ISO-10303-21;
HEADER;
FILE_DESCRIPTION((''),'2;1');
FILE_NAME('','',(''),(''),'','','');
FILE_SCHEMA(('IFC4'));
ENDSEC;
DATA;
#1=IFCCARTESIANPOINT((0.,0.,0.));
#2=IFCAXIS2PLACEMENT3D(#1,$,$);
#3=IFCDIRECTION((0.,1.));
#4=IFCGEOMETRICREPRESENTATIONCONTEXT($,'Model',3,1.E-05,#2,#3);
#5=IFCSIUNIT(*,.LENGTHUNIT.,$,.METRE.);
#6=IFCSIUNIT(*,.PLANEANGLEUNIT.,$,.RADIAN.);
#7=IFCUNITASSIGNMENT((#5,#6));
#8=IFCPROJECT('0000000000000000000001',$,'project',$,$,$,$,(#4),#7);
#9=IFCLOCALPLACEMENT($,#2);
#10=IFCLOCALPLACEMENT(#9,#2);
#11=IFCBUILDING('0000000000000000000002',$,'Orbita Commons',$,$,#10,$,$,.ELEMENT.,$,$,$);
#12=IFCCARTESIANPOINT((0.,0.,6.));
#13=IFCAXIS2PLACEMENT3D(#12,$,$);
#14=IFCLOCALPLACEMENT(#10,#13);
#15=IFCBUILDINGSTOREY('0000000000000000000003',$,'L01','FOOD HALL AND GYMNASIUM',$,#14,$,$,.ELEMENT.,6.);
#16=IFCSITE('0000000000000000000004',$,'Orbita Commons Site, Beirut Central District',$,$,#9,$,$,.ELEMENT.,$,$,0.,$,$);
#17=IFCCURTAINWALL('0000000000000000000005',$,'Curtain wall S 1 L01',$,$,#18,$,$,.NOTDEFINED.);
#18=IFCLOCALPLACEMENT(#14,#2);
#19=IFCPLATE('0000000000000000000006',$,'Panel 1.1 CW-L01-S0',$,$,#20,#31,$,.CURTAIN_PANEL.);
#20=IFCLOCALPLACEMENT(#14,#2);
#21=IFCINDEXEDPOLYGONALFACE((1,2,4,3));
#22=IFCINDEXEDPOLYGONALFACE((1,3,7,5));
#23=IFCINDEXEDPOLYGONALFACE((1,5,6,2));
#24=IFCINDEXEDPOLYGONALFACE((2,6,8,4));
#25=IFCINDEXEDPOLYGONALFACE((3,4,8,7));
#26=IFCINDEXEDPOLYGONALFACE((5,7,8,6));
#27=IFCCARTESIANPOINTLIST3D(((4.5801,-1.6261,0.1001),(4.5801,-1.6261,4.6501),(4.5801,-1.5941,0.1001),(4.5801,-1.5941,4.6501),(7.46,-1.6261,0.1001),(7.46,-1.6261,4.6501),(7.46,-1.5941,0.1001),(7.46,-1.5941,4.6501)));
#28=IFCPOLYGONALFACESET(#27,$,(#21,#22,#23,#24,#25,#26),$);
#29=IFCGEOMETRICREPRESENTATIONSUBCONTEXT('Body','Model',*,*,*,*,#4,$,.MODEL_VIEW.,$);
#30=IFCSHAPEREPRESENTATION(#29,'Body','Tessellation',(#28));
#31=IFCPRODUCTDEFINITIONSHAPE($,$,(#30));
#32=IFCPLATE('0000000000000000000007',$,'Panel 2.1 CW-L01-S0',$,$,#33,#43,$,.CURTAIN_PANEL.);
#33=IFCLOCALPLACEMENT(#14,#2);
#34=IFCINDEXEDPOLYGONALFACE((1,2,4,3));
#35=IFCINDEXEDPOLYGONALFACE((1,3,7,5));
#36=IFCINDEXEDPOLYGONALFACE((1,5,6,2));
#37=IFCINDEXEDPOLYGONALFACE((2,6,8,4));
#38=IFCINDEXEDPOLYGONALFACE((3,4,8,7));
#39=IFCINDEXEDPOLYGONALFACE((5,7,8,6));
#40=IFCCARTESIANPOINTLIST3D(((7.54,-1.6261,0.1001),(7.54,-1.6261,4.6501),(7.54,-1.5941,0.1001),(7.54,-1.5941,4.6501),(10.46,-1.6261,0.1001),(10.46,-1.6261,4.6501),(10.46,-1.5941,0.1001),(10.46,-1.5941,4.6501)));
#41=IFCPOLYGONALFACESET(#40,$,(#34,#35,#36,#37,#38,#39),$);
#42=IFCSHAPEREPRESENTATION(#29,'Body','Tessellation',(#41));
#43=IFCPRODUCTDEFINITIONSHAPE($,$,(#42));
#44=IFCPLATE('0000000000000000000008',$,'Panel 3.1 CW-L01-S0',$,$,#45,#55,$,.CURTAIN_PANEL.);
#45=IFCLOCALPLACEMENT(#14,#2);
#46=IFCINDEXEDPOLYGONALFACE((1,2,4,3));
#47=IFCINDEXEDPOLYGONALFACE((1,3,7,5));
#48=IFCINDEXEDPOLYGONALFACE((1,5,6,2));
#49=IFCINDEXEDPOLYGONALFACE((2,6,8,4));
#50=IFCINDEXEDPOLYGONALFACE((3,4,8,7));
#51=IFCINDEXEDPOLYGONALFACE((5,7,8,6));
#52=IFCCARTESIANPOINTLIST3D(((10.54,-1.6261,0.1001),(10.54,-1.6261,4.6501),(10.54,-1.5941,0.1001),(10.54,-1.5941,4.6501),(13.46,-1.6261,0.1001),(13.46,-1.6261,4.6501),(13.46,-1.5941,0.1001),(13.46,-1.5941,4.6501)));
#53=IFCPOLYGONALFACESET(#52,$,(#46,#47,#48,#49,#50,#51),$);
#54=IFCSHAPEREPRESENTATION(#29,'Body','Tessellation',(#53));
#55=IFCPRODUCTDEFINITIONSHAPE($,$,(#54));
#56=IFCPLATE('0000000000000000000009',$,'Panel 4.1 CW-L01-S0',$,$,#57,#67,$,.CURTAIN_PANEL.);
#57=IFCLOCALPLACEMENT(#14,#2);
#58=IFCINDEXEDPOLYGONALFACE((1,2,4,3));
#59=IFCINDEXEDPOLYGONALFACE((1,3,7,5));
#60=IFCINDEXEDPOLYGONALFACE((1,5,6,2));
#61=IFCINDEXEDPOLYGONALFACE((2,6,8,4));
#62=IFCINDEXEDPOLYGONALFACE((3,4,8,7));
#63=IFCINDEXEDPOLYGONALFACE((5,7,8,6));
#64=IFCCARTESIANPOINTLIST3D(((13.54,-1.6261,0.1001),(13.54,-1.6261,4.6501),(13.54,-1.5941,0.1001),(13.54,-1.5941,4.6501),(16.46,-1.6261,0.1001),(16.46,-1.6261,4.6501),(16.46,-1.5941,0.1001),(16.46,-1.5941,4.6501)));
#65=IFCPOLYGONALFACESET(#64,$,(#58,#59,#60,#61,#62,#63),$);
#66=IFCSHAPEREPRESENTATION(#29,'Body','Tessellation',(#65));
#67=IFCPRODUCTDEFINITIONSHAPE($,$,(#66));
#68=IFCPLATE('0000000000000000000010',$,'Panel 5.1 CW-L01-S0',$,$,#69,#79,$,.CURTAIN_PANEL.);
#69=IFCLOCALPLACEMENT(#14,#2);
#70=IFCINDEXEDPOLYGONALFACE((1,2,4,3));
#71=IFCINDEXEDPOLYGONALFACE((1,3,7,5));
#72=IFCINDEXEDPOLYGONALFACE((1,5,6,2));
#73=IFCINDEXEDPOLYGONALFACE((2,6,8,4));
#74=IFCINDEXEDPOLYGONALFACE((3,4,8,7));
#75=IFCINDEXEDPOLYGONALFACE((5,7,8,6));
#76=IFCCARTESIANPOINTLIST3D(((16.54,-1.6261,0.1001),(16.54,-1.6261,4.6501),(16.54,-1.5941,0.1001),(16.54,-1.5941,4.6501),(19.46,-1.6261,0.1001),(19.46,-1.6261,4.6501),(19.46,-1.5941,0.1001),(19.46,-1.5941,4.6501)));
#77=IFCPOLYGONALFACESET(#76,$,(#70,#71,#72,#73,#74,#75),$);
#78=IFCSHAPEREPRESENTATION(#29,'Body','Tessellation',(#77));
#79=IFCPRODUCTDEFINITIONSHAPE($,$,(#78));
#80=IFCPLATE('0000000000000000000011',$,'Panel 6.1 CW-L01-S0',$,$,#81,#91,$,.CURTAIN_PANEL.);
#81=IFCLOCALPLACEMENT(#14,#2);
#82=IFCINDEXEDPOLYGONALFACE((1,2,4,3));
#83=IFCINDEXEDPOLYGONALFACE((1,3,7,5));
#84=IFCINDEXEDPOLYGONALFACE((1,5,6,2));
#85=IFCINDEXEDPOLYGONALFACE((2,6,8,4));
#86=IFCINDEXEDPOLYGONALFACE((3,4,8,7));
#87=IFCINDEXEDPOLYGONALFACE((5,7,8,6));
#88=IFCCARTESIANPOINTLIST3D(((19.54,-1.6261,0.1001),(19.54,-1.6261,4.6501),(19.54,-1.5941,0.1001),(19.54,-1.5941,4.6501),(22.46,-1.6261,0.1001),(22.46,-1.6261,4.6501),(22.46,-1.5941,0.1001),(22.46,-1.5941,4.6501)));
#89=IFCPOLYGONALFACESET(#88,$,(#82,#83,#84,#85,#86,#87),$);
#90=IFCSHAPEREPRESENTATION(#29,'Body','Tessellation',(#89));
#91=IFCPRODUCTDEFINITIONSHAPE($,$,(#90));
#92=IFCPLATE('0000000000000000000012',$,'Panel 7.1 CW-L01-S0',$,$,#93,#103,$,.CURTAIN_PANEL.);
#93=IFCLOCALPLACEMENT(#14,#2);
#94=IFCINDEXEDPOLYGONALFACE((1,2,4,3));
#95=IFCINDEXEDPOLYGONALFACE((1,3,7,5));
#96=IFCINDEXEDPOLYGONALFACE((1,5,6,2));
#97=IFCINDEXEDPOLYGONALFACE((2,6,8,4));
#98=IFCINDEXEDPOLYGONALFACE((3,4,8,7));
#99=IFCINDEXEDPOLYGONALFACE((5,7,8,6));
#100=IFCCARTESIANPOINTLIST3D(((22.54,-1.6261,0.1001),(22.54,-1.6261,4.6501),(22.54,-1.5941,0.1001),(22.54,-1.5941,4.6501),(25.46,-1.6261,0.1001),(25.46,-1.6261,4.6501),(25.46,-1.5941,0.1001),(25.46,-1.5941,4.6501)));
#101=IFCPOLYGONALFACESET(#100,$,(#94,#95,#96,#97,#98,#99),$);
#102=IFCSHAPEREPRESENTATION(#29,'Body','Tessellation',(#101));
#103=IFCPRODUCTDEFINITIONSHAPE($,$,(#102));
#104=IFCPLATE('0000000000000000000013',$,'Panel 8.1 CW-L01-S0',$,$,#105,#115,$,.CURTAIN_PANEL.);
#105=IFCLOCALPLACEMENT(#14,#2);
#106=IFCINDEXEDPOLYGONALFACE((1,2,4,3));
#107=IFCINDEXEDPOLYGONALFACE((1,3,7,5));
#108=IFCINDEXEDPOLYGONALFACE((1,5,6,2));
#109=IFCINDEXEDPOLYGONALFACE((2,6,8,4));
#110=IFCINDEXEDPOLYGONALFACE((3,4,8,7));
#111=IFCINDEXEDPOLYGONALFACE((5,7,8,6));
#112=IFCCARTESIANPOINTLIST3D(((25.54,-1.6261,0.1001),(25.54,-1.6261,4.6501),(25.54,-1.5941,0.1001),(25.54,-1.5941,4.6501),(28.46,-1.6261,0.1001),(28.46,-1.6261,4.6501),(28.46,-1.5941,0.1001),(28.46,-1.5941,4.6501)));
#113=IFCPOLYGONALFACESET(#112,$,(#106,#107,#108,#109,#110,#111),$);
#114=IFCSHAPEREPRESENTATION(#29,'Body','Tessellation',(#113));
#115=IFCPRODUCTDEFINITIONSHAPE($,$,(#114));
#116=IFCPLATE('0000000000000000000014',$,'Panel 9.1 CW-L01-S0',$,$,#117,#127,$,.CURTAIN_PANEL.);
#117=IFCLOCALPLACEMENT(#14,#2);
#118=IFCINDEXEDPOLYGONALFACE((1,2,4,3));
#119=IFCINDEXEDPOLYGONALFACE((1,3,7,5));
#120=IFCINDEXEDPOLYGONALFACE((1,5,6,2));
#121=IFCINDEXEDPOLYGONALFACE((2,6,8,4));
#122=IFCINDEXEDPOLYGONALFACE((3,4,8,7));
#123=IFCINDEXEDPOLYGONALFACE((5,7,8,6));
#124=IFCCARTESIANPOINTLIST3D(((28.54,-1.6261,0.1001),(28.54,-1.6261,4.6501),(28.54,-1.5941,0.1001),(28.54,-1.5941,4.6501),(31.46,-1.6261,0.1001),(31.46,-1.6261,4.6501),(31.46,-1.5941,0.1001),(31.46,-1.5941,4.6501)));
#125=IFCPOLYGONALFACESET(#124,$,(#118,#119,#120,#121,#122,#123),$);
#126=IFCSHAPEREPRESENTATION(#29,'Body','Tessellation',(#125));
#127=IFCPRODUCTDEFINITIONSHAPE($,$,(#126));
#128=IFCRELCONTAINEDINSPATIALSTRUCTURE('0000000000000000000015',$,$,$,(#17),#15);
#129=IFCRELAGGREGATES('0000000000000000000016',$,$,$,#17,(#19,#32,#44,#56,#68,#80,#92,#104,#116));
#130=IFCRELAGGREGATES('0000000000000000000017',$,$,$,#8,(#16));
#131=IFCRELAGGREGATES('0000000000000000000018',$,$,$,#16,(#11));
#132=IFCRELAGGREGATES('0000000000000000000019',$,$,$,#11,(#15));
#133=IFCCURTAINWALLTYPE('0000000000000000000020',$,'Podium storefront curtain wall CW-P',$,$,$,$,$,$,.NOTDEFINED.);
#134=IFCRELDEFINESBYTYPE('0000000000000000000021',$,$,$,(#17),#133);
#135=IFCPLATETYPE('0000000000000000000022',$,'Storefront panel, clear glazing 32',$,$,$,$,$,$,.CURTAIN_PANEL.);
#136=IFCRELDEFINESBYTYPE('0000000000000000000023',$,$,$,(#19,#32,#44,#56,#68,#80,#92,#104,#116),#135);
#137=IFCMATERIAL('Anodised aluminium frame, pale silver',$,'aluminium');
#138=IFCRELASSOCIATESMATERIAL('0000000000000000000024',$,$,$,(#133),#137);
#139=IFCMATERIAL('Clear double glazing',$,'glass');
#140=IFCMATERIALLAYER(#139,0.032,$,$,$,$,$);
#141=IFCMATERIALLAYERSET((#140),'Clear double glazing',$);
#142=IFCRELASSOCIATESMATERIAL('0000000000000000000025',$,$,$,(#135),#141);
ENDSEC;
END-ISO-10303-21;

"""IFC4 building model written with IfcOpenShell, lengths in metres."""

from ifc_helpers import new_model, si_unit, direction, frame, origin, origin_2d, place, context, subcontext, project, spatial, rectangle, extrude, material, layer, layer_set, type_object, element, aggregate, save


model = new_model("IFC4")

# Units and contexts
model_context = context("Model", 3, precision=1e-05, world=origin(), true_north=direction((0.0, 1.0)))
body_context = subcontext(model_context, "Body", "Model", "MODEL_VIEW")
ifc_project = project(units=[si_unit("LENGTHUNIT", "METRE"), si_unit("PLANEANGLEUNIT", "RADIAN")], contexts=[model_context])

# Site, building, storey
site_placement = place(None, origin())
site = spatial("IfcSite", under=ifc_project, at=site_placement, Name="Orbita Commons Site, Beirut Central District", CompositionType="ELEMENT", RefElevation=0.0)
building_placement = place(site_placement, origin())
building = spatial("IfcBuilding", under=site, at=building_placement, Name="Orbita Commons", CompositionType="ELEMENT")
storey_placement = place(building_placement, frame((0.0, 0.0, 6.0)))
storey = spatial("IfcBuildingStorey", under=building, at=storey_placement, Name="L01", Description="FOOD HALL AND GYMNASIUM", CompositionType="ELEMENT", Elevation=6.0)

# Curtain wall, plates
ifc_material_1 = material(Name="Anodised aluminium frame, pale silver", Category="aluminium")
curtain_wall_type = type_object("IfcCurtainWallType", Name="Podium storefront curtain wall CW-P", PredefinedType="NOTDEFINED", material=ifc_material_1)
curtain_wall_placement = place(storey_placement, origin())
curtain_wall = element("IfcCurtainWall", 1, at=curtain_wall_placement, inside=storey, type_object=curtain_wall_type, Name="Curtain wall S 1 L01", PredefinedType="NOTDEFINED")
ifc_material_2 = material(Name="Clear double glazing", Category="glass")
ifc_layer = layer(ifc_material_2, 0.032)
ifc_layer_set = layer_set([ifc_layer], Name="Clear double glazing")
plate_type = type_object("IfcPlateType", Name="Storefront panel, clear glazing 32", PredefinedType="CURTAIN_PANEL", material=ifc_layer_set)
plate_1_placement = place(storey_placement, frame((6.02, -1.6101, 0.1001), z_axis=(0.0, 0.0, 1.0), x_axis=(1.0, 0.0, 0.0)))
plate_1 = element("IfcPlate", 2, at=plate_1_placement, type_object=plate_type, Name="Panel 1.1 CW-L01-S0", PredefinedType="CURTAIN_PANEL", context=body_context, shape_type="SweptSolid", body=[
    extrude(rectangle(XDim=2.8799, YDim=0.032, at=origin_2d()), origin(), (0.0, 0.0, 1.0), 4.55),
])
plate_2_placement = place(storey_placement, frame((9.0, -1.6101, 0.1001), z_axis=(0.0, 0.0, 1.0), x_axis=(1.0, 0.0, 0.0)))
plate_2 = element("IfcPlate", 3, at=plate_2_placement, type_object=plate_type, Name="Panel 2.1 CW-L01-S0", PredefinedType="CURTAIN_PANEL", context=body_context, shape_type="SweptSolid", body=[
    extrude(rectangle(XDim=2.9199, YDim=0.032, at=origin_2d()), origin(), (0.0, 0.0, 1.0), 4.55),
])
plate_3_placement = place(storey_placement, frame((12.0, -1.6101, 0.1001), z_axis=(0.0, 0.0, 1.0), x_axis=(1.0, 0.0, 0.0)))
plate_3 = element("IfcPlate", 4, at=plate_3_placement, type_object=plate_type, Name="Panel 3.1 CW-L01-S0", PredefinedType="CURTAIN_PANEL", context=body_context, shape_type="SweptSolid", body=[
    extrude(rectangle(XDim=2.9199, YDim=0.032, at=origin_2d()), origin(), (0.0, 0.0, 1.0), 4.55),
])
plate_4_placement = place(storey_placement, frame((15.0, -1.6101, 0.1001), z_axis=(0.0, 0.0, 1.0), x_axis=(1.0, 0.0, 0.0)))
plate_4 = element("IfcPlate", 5, at=plate_4_placement, type_object=plate_type, Name="Panel 4.1 CW-L01-S0", PredefinedType="CURTAIN_PANEL", context=body_context, shape_type="SweptSolid", body=[
    extrude(rectangle(XDim=2.9199, YDim=0.032, at=origin_2d()), origin(), (0.0, 0.0, 1.0), 4.55),
])
plate_5_placement = place(storey_placement, frame((18.0, -1.6101, 0.1001), z_axis=(0.0, 0.0, 1.0), x_axis=(1.0, 0.0, 0.0)))
plate_5 = element("IfcPlate", 6, at=plate_5_placement, type_object=plate_type, Name="Panel 5.1 CW-L01-S0", PredefinedType="CURTAIN_PANEL", context=body_context, shape_type="SweptSolid", body=[
    extrude(rectangle(XDim=2.9199, YDim=0.032, at=origin_2d()), origin(), (0.0, 0.0, 1.0), 4.55),
])
plate_6_placement = place(storey_placement, frame((21.0, -1.6101, 0.1001), z_axis=(0.0, 0.0, 1.0), x_axis=(1.0, 0.0, 0.0)))
plate_6 = element("IfcPlate", 7, at=plate_6_placement, type_object=plate_type, Name="Panel 6.1 CW-L01-S0", PredefinedType="CURTAIN_PANEL", context=body_context, shape_type="SweptSolid", body=[
    extrude(rectangle(XDim=2.9199, YDim=0.032, at=origin_2d()), origin(), (0.0, 0.0, 1.0), 4.55),
])
plate_7_placement = place(storey_placement, frame((24.0, -1.6101, 0.1001), z_axis=(0.0, 0.0, 1.0), x_axis=(1.0, 0.0, 0.0)))
plate_7 = element("IfcPlate", 8, at=plate_7_placement, type_object=plate_type, Name="Panel 7.1 CW-L01-S0", PredefinedType="CURTAIN_PANEL", context=body_context, shape_type="SweptSolid", body=[
    extrude(rectangle(XDim=2.9199, YDim=0.032, at=origin_2d()), origin(), (0.0, 0.0, 1.0), 4.55),
])
plate_8_placement = place(storey_placement, frame((27.0, -1.6101, 0.1001), z_axis=(0.0, 0.0, 1.0), x_axis=(1.0, 0.0, 0.0)))
plate_8 = element("IfcPlate", 9, at=plate_8_placement, type_object=plate_type, Name="Panel 8.1 CW-L01-S0", PredefinedType="CURTAIN_PANEL", context=body_context, shape_type="SweptSolid", body=[
    extrude(rectangle(XDim=2.9199, YDim=0.032, at=origin_2d()), origin(), (0.0, 0.0, 1.0), 4.55),
])
plate_9_placement = place(storey_placement, frame((30.0, -1.6101, 0.1001), z_axis=(0.0, 0.0, 1.0), x_axis=(1.0, 0.0, 0.0)))
plate_9 = element("IfcPlate", 10, at=plate_9_placement, type_object=plate_type, Name="Panel 9.1 CW-L01-S0", PredefinedType="CURTAIN_PANEL", context=body_context, shape_type="SweptSolid", body=[
    extrude(rectangle(XDim=2.9199, YDim=0.032, at=origin_2d()), origin(), (0.0, 0.0, 1.0), 4.55),
])
aggregate(curtain_wall, [plate_1, plate_2, plate_3, plate_4, plate_5, plate_6, plate_7, plate_8, plate_9])

save(model, "model.ifc")
